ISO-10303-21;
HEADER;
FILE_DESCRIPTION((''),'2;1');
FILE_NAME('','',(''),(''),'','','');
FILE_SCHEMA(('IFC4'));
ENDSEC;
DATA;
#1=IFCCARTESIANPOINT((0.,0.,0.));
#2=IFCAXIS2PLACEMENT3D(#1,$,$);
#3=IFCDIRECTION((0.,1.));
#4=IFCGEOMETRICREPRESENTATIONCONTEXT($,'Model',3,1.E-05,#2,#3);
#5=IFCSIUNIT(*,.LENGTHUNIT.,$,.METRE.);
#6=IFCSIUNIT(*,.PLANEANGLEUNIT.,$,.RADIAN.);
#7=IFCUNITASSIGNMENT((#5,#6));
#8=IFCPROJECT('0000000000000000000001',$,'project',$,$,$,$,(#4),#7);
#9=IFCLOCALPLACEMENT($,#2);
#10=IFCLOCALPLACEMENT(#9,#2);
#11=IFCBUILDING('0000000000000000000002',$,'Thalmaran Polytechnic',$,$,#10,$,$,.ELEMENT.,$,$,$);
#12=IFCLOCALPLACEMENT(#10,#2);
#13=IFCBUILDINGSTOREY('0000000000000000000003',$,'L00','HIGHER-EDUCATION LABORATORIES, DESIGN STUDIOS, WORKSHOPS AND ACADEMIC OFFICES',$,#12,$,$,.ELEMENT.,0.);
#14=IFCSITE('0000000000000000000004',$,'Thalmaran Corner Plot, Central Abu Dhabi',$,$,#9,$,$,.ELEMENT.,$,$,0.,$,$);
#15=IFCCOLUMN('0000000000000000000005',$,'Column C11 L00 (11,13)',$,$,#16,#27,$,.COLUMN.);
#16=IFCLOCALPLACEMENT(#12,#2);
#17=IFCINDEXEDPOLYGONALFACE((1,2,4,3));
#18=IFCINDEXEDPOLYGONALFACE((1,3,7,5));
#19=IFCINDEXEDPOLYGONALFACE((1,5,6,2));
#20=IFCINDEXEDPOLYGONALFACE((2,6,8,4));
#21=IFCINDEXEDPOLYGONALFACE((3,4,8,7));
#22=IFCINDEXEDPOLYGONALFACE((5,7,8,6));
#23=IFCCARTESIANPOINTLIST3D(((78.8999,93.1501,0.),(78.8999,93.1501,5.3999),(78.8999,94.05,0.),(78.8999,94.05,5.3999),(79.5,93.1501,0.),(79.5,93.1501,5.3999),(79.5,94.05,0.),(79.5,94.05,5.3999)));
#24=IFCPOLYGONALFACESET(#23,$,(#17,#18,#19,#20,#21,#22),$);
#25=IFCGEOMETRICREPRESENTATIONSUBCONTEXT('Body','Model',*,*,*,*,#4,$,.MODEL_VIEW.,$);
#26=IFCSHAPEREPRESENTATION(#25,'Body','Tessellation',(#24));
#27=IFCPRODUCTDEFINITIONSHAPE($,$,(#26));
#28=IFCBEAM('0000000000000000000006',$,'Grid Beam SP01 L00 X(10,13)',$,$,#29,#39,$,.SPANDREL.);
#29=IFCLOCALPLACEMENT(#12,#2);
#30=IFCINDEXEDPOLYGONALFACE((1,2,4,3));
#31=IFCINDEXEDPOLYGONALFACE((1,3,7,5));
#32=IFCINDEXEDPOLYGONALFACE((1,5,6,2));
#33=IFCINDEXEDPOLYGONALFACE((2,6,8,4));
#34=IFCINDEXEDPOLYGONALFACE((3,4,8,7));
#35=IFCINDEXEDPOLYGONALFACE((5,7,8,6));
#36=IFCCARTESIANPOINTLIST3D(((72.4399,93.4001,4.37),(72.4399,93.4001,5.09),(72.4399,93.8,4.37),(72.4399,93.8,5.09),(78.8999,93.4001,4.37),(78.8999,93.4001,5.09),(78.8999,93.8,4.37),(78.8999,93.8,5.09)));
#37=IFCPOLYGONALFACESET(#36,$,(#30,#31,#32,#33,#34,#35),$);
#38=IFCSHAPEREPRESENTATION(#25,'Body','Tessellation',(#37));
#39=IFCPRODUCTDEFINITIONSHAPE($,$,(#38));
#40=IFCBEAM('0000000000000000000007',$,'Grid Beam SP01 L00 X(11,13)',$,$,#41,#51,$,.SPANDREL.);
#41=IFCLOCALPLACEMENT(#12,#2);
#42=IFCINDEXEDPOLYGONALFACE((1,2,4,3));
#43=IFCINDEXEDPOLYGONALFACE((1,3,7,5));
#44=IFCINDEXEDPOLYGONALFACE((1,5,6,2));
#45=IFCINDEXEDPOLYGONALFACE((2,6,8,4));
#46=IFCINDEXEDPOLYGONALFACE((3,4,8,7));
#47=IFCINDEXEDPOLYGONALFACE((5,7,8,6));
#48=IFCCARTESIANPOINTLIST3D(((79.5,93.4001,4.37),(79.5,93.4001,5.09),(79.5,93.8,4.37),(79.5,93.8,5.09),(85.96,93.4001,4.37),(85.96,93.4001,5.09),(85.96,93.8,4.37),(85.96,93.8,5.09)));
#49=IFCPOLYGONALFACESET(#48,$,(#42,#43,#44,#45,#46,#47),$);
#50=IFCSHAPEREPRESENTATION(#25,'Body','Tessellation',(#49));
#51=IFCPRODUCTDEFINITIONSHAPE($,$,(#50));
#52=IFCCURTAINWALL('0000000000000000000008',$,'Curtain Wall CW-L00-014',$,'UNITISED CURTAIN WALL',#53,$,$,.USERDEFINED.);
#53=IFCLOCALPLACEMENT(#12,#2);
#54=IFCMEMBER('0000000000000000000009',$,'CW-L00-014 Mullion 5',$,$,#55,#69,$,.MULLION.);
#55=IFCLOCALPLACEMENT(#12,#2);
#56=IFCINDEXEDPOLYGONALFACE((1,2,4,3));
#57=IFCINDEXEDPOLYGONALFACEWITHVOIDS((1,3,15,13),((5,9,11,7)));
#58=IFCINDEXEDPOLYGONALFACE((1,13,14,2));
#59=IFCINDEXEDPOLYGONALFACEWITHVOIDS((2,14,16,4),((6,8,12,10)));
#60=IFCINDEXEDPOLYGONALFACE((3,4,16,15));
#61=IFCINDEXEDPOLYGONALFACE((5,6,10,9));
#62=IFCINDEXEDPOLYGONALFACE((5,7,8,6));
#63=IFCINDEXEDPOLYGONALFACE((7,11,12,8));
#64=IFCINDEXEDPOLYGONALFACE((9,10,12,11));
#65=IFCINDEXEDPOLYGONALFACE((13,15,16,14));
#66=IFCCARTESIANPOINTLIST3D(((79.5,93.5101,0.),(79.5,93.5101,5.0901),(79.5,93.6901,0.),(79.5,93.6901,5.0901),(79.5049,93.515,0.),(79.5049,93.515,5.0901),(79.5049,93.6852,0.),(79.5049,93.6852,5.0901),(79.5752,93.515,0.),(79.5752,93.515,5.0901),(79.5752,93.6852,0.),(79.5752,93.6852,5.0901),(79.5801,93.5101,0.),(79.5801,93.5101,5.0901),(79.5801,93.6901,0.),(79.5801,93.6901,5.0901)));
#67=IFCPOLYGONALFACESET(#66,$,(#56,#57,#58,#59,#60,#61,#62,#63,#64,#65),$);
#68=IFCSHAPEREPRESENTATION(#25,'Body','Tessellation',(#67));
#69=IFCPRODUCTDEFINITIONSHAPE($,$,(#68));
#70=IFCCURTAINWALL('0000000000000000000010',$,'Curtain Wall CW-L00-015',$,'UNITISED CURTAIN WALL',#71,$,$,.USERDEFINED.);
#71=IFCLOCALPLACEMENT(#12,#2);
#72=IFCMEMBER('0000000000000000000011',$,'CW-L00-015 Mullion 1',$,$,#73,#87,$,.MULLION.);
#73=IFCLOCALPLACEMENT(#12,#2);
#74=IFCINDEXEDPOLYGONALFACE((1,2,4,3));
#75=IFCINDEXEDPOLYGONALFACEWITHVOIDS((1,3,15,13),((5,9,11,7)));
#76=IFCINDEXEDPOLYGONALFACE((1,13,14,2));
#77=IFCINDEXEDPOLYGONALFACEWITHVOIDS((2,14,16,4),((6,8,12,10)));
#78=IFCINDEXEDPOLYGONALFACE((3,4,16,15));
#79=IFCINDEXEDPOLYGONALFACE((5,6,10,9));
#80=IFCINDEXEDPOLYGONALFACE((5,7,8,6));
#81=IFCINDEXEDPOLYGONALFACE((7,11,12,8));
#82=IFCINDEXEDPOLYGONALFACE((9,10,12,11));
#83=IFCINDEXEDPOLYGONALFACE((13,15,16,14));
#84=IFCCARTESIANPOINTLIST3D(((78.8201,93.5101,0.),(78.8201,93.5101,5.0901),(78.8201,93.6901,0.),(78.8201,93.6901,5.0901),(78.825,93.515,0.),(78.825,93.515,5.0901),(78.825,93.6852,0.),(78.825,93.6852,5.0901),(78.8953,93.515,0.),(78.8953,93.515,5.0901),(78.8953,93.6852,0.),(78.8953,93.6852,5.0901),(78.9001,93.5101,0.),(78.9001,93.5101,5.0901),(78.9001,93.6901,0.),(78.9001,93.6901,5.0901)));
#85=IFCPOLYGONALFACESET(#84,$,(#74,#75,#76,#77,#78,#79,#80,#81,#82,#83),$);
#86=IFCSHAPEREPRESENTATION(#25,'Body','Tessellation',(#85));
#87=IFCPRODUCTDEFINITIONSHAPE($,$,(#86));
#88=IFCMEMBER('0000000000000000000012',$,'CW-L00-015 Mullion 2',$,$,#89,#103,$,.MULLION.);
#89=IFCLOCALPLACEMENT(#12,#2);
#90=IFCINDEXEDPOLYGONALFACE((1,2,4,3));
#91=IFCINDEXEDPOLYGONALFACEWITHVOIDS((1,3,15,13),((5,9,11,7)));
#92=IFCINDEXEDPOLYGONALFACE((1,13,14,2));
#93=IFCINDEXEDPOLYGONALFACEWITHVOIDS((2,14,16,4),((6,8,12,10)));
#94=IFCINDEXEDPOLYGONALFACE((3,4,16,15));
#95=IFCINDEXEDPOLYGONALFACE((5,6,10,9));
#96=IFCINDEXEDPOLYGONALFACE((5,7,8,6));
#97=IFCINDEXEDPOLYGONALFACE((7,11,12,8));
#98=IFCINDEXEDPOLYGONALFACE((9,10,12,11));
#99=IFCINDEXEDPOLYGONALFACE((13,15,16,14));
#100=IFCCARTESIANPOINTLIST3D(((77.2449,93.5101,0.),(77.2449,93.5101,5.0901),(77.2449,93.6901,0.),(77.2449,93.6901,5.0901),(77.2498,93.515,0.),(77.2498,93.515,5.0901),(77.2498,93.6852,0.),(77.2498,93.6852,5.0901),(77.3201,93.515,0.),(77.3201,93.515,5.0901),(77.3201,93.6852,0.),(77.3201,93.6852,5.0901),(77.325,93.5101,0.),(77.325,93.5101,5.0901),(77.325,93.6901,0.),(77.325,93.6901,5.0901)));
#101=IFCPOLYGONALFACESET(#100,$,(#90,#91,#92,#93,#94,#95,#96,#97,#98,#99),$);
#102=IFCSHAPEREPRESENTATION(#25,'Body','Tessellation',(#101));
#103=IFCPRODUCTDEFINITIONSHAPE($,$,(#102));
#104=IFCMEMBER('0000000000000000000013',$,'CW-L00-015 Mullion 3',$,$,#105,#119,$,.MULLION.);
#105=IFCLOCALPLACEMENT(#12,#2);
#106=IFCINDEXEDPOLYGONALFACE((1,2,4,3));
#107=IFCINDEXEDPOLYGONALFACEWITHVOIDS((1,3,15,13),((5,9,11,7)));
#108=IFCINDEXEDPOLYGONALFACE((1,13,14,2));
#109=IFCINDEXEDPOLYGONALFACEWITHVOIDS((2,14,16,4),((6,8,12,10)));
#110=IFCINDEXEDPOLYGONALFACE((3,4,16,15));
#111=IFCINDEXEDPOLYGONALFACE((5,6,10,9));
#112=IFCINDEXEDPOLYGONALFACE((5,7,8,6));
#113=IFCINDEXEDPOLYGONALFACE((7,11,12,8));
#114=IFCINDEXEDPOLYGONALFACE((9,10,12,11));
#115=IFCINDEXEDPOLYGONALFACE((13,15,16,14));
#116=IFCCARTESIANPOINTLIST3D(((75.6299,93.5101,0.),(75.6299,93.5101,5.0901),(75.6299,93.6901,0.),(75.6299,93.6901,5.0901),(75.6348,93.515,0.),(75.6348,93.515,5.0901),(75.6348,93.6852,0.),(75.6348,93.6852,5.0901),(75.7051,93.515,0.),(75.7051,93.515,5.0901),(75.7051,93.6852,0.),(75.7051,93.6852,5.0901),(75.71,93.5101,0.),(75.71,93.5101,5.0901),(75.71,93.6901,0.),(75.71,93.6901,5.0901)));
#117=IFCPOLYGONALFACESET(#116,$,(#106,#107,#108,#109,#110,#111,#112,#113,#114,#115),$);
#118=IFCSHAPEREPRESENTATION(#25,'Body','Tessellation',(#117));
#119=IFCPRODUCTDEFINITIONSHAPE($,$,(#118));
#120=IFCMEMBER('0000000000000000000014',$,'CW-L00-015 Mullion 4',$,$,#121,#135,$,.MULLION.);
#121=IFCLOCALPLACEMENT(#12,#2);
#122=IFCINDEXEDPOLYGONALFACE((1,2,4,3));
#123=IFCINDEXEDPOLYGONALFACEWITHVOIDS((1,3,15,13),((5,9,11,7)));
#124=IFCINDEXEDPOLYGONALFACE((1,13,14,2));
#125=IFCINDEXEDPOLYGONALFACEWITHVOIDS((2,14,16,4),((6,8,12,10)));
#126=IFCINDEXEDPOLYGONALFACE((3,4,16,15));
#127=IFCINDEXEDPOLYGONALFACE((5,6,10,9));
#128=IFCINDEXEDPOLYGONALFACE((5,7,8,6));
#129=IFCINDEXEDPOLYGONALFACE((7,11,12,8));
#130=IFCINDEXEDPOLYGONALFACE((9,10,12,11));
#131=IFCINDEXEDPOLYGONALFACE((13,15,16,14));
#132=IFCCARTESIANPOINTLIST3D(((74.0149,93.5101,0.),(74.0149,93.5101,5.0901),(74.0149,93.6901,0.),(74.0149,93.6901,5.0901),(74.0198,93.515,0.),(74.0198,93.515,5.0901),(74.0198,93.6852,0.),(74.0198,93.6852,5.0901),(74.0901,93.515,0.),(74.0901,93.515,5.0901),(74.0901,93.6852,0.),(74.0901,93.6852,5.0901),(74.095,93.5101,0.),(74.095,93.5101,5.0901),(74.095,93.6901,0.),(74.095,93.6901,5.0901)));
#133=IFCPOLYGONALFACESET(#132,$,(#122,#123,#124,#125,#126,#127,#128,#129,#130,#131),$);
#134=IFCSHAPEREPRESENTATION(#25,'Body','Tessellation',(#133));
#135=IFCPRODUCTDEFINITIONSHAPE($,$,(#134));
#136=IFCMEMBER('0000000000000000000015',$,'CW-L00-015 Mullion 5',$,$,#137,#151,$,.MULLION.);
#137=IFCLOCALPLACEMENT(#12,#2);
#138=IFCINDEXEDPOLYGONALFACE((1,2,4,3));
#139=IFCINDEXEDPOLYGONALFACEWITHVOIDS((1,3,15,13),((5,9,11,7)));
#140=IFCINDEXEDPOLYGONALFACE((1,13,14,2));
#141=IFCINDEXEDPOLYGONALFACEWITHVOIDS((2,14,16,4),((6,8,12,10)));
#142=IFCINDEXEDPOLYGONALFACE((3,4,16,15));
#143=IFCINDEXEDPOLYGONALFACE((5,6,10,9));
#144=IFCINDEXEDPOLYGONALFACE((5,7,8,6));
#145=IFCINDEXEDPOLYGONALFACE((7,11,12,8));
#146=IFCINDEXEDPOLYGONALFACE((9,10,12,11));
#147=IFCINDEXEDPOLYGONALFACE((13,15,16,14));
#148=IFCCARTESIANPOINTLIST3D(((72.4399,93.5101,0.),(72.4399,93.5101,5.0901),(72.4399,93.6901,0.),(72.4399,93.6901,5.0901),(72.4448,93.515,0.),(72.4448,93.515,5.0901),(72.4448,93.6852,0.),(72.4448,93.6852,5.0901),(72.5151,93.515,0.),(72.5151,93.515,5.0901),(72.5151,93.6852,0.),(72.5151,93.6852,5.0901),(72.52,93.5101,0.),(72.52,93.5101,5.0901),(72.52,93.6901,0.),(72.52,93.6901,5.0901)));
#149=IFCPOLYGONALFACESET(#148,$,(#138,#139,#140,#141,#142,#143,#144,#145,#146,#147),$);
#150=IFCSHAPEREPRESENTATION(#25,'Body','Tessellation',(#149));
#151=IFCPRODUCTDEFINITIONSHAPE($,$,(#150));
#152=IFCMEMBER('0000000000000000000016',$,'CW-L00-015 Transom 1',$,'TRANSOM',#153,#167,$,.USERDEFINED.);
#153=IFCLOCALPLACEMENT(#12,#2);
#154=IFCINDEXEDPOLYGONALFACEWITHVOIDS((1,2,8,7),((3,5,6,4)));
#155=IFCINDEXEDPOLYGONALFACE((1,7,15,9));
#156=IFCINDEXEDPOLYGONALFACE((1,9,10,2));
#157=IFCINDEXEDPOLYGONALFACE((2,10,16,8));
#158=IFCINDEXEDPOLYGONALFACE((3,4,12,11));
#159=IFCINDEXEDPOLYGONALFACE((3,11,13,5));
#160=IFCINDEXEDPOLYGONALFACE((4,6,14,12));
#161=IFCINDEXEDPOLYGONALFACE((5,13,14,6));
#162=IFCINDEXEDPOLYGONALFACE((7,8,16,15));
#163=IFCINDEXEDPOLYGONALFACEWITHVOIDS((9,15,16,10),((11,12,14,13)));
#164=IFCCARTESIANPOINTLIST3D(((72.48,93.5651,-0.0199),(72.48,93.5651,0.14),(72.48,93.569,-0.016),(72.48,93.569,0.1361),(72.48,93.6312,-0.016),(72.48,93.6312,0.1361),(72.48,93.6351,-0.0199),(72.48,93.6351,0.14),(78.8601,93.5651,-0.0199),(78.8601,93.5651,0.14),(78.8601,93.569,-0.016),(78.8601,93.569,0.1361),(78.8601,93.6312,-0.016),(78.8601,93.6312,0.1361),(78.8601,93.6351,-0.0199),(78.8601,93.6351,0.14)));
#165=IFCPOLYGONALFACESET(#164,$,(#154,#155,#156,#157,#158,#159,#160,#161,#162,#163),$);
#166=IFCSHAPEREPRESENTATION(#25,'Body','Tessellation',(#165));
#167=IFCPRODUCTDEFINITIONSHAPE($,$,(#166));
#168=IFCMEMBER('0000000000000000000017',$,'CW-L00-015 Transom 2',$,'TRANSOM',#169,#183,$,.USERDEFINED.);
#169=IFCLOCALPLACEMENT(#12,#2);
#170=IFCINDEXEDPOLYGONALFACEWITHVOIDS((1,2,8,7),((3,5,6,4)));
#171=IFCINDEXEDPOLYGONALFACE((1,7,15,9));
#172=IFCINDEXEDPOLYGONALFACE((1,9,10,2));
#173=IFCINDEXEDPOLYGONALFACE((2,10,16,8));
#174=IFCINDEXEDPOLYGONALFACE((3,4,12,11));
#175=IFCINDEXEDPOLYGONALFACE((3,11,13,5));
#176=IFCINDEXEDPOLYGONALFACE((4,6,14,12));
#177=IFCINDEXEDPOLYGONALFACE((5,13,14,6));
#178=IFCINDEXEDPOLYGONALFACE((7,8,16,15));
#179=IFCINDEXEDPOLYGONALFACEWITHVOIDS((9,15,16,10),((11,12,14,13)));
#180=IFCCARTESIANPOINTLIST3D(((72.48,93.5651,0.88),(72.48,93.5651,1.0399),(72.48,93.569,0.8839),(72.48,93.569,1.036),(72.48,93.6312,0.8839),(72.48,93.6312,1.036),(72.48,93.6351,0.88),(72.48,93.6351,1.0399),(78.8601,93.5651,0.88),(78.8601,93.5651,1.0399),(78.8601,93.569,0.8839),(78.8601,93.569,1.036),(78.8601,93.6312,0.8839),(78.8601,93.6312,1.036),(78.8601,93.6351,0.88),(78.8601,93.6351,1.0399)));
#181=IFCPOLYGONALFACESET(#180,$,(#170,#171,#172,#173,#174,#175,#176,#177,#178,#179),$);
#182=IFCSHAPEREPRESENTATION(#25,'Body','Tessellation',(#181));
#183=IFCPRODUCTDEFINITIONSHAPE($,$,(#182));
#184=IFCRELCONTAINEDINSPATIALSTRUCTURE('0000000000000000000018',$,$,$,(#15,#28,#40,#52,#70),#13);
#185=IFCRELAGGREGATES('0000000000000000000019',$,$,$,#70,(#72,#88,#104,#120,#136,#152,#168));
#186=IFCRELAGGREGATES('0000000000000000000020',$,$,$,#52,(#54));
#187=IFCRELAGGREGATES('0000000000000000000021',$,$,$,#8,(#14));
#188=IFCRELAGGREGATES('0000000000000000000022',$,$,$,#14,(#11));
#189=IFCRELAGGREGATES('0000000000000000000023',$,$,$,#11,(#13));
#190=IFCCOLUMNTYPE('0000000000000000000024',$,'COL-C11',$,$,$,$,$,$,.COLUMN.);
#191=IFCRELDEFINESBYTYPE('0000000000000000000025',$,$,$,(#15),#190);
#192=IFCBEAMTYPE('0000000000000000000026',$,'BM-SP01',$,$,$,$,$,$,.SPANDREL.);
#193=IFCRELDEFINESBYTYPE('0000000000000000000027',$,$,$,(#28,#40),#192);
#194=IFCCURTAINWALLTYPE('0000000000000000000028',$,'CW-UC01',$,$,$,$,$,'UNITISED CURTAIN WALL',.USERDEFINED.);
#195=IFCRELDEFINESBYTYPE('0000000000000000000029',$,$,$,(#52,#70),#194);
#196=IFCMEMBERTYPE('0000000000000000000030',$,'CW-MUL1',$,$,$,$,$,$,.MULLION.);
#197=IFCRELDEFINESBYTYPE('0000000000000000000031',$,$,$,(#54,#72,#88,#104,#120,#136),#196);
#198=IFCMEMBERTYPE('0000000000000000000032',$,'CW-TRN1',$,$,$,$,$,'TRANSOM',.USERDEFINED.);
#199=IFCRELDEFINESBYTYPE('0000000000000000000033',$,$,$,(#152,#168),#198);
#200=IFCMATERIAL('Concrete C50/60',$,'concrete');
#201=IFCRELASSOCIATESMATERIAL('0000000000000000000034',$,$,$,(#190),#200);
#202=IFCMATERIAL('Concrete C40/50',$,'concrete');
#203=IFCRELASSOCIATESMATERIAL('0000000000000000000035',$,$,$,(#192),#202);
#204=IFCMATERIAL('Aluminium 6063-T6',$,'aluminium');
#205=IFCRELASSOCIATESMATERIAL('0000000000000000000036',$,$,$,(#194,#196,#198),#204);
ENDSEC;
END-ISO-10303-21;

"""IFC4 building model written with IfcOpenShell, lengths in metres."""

from ifc_helpers import new_model, si_unit, direction, frame, origin, origin_2d, place, context, subcontext, project, spatial, rectangle, hollow_rectangle, extrude, material, material_profile, profile_set, type_object, element, aggregate, save


model = new_model("IFC4")

# Units and contexts
model_context = context("Model", 3, precision=1e-05, world=origin(), true_north=direction((0.0, 1.0)))
body_context = subcontext(model_context, "Body", "Model", "MODEL_VIEW")
ifc_project = project(units=[si_unit("LENGTHUNIT", "METRE"), si_unit("PLANEANGLEUNIT", "RADIAN")], contexts=[model_context])

# Site, building, storey
site_placement = place(None, origin())
site = spatial("IfcSite", under=ifc_project, at=site_placement, Name="Thalmaran Corner Plot, Central Abu Dhabi", CompositionType="ELEMENT", RefElevation=0.0)
building_placement = place(site_placement, origin())
building = spatial("IfcBuilding", under=site, at=building_placement, Name="Thalmaran Polytechnic", CompositionType="ELEMENT")
storey_placement = place(building_placement, origin())
storey = spatial("IfcBuildingStorey", under=building, at=storey_placement, Name="L00", Description="HIGHER-EDUCATION LABORATORIES, DESIGN STUDIOS, WORKSHOPS AND ACADEMIC OFFICES", CompositionType="ELEMENT", Elevation=0.0)

# Column
ifc_material_1 = material(Name="Concrete C50/60", Category="concrete")
ifc_material_profile_1 = material_profile(ifc_material_1, rectangle(XDim=0.6001, YDim=0.8999, at=origin_2d()), Name="RC 600x900")
ifc_profile_set_1 = profile_set([ifc_material_profile_1], Name="Concrete C50/60")
column_type = type_object("IfcColumnType", Name="COL-C11", PredefinedType="COLUMN", material=ifc_profile_set_1)
column_placement = place(storey_placement, frame((79.2, 93.6001, 0.0), z_axis=(0.0, 0.0, 1.0), x_axis=(1.0, 0.0, 0.0)))
element("IfcColumn", 1, at=column_placement, inside=storey, type_object=column_type, Name="Column C11 L00 (11,13)", PredefinedType="COLUMN", context=body_context, shape_type="SweptSolid", body=[
    extrude(rectangle(XDim=0.6001, YDim=0.8999, at=origin_2d()), origin(), (0.0, 0.0, 1.0), 5.3999),
])

# Beams
ifc_material_2 = material(Name="Concrete C40/50", Category="concrete")
ifc_material_profile_2 = material_profile(ifc_material_2, rectangle(XDim=0.3999, YDim=0.72, at=origin_2d()), Name="RC 400x720")
ifc_profile_set_2 = profile_set([ifc_material_profile_2], Name="Concrete C40/50")
beam_type = type_object("IfcBeamType", Name="BM-SP01", PredefinedType="SPANDREL", material=ifc_profile_set_2)
for number, where, z_axis, x_axis, name in (
    (2, (72.4399, 93.6001, 4.73), (1.0, 0.0, 0.0), (0.0, 1.0, 0.0), "Grid Beam SP01 L00 X(10,13)"),
    (3, (79.5, 93.6001, 4.73), (1.0, 0.0, 0.0), (0.0, 1.0, 0.0), "Grid Beam SP01 L00 X(11,13)"),
):
    element("IfcBeam", number, at=place(storey_placement, frame(where, z_axis=z_axis, x_axis=x_axis)), inside=storey, type_object=beam_type, Name=name, PredefinedType="SPANDREL", context=body_context, shape_type="SweptSolid", body=[
        extrude(rectangle(XDim=0.3999, YDim=0.72, at=origin_2d()), origin(), (0.0, 0.0, 1.0), 6.46),
    ])

# Curtain wall, member
ifc_material_3 = material(Name="Aluminium 6063-T6", Category="aluminium")
curtain_wall_type = type_object("IfcCurtainWallType", Name="CW-UC01", ElementType="UNITISED CURTAIN WALL", PredefinedType="USERDEFINED", material=ifc_material_3)
curtain_wall_1_placement = place(storey_placement, origin())
curtain_wall_1 = element("IfcCurtainWall", 4, at=curtain_wall_1_placement, inside=storey, type_object=curtain_wall_type, Name="Curtain Wall CW-L00-014", ObjectType="UNITISED CURTAIN WALL", PredefinedType="USERDEFINED")
ifc_material_profile_3 = material_profile(ifc_material_3, hollow_rectangle(XDim=0.0801, YDim=0.1799, WallThickness=0.0049, at=origin_2d()), Name="RHS 180x80x5.0")
ifc_profile_set_3 = profile_set([ifc_material_profile_3], Name="Aluminium 6063-T6")
member_type_1 = type_object("IfcMemberType", Name="CW-MUL1", PredefinedType="MULLION", material=ifc_profile_set_3)
member_1_placement = place(storey_placement, frame((79.54, 93.6001, 0.0), z_axis=(0.0, 0.0, 1.0), x_axis=(1.0, 0.0, 0.0)))
member_1 = element("IfcMember", 5, at=member_1_placement, type_object=member_type_1, Name="CW-L00-014 Mullion 5", PredefinedType="MULLION", context=body_context, shape_type="SweptSolid", body=[
    extrude(hollow_rectangle(XDim=0.0801, YDim=0.1799, WallThickness=0.0049, at=origin_2d()), origin(), (0.0, 0.0, 1.0), 5.0901),
])

# Curtain wall, members
curtain_wall_2_placement = place(storey_placement, origin())
curtain_wall_2 = element("IfcCurtainWall", 6, at=curtain_wall_2_placement, inside=storey, type_object=curtain_wall_type, Name="Curtain Wall CW-L00-015", ObjectType="UNITISED CURTAIN WALL", PredefinedType="USERDEFINED")
member_2_placement = place(storey_placement, frame((78.8601, 93.6001, 0.0), z_axis=(0.0, 0.0, 1.0), x_axis=(1.0, 0.0, 0.0)))
member_2 = element("IfcMember", 7, at=member_2_placement, type_object=member_type_1, Name="CW-L00-015 Mullion 1", PredefinedType="MULLION", context=body_context, shape_type="SweptSolid", body=[
    extrude(hollow_rectangle(XDim=0.0801, YDim=0.1799, WallThickness=0.0049, at=origin_2d()), origin(), (0.0, 0.0, 1.0), 5.0901),
])
member_3_placement = place(storey_placement, frame((77.2849, 93.6001, 0.0), z_axis=(0.0, 0.0, 1.0), x_axis=(1.0, 0.0, 0.0)))
member_3 = element("IfcMember", 8, at=member_3_placement, type_object=member_type_1, Name="CW-L00-015 Mullion 2", PredefinedType="MULLION", context=body_context, shape_type="SweptSolid", body=[
    extrude(hollow_rectangle(XDim=0.0801, YDim=0.1799, WallThickness=0.0049, at=origin_2d()), origin(), (0.0, 0.0, 1.0), 5.0901),
])
member_4_placement = place(storey_placement, frame((75.6699, 93.6001, 0.0), z_axis=(0.0, 0.0, 1.0), x_axis=(1.0, 0.0, 0.0)))
member_4 = element("IfcMember", 9, at=member_4_placement, type_object=member_type_1, Name="CW-L00-015 Mullion 3", PredefinedType="MULLION", context=body_context, shape_type="SweptSolid", body=[
    extrude(hollow_rectangle(XDim=0.0801, YDim=0.1799, WallThickness=0.0049, at=origin_2d()), origin(), (0.0, 0.0, 1.0), 5.0901),
])
member_5_placement = place(storey_placement, frame((74.0549, 93.6001, 0.0), z_axis=(0.0, 0.0, 1.0), x_axis=(1.0, 0.0, 0.0)))
member_5 = element("IfcMember", 10, at=member_5_placement, type_object=member_type_1, Name="CW-L00-015 Mullion 4", PredefinedType="MULLION", context=body_context, shape_type="SweptSolid", body=[
    extrude(hollow_rectangle(XDim=0.0801, YDim=0.1799, WallThickness=0.0049, at=origin_2d()), origin(), (0.0, 0.0, 1.0), 5.0901),
])
member_6_placement = place(storey_placement, frame((72.48, 93.6001, 0.0), z_axis=(0.0, 0.0, 1.0), x_axis=(1.0, 0.0, 0.0)))
member_6 = element("IfcMember", 11, at=member_6_placement, type_object=member_type_1, Name="CW-L00-015 Mullion 5", PredefinedType="MULLION", context=body_context, shape_type="SweptSolid", body=[
    extrude(hollow_rectangle(XDim=0.0801, YDim=0.1799, WallThickness=0.0049, at=origin_2d()), origin(), (0.0, 0.0, 1.0), 5.0901),
])
ifc_material_profile_4 = material_profile(ifc_material_3, hollow_rectangle(XDim=0.0701, YDim=0.1599, WallThickness=0.0039, at=origin_2d()), Name="AL 160x70x4.0")
ifc_profile_set_4 = profile_set([ifc_material_profile_4], Name="Aluminium 6063-T6")
member_type_2 = type_object("IfcMemberType", Name="CW-TRN1", ElementType="TRANSOM", PredefinedType="USERDEFINED", material=ifc_profile_set_4)
member_7_placement = place(storey_placement, frame((78.8601, 93.6001, 0.0601), z_axis=(-1.0, 0.0, 0.0), x_axis=(0.0, -1.0, 0.0)))
member_7 = element("IfcMember", 12, at=member_7_placement, type_object=member_type_2, Name="CW-L00-015 Transom 1", ObjectType="TRANSOM", PredefinedType="USERDEFINED", context=body_context, shape_type="SweptSolid", body=[
    extrude(hollow_rectangle(XDim=0.0701, YDim=0.1599, WallThickness=0.0039, at=origin_2d()), origin(), (0.0, 0.0, 1.0), 6.3801),
])
member_8_placement = place(storey_placement, frame((78.8601, 93.6001, 0.96), z_axis=(-1.0, 0.0, 0.0), x_axis=(0.0, -1.0, 0.0)))
member_8 = element("IfcMember", 13, at=member_8_placement, type_object=member_type_2, Name="CW-L00-015 Transom 2", ObjectType="TRANSOM", PredefinedType="USERDEFINED", context=body_context, shape_type="SweptSolid", body=[
    extrude(hollow_rectangle(XDim=0.0701, YDim=0.1599, WallThickness=0.0039, at=origin_2d()), origin(), (0.0, 0.0, 1.0), 6.3801),
])

aggregate(curtain_wall_2, [member_2, member_3, member_4, member_5, member_6, member_7, member_8])
aggregate(curtain_wall_1, [member_1])

save(model, "model.ifc")
